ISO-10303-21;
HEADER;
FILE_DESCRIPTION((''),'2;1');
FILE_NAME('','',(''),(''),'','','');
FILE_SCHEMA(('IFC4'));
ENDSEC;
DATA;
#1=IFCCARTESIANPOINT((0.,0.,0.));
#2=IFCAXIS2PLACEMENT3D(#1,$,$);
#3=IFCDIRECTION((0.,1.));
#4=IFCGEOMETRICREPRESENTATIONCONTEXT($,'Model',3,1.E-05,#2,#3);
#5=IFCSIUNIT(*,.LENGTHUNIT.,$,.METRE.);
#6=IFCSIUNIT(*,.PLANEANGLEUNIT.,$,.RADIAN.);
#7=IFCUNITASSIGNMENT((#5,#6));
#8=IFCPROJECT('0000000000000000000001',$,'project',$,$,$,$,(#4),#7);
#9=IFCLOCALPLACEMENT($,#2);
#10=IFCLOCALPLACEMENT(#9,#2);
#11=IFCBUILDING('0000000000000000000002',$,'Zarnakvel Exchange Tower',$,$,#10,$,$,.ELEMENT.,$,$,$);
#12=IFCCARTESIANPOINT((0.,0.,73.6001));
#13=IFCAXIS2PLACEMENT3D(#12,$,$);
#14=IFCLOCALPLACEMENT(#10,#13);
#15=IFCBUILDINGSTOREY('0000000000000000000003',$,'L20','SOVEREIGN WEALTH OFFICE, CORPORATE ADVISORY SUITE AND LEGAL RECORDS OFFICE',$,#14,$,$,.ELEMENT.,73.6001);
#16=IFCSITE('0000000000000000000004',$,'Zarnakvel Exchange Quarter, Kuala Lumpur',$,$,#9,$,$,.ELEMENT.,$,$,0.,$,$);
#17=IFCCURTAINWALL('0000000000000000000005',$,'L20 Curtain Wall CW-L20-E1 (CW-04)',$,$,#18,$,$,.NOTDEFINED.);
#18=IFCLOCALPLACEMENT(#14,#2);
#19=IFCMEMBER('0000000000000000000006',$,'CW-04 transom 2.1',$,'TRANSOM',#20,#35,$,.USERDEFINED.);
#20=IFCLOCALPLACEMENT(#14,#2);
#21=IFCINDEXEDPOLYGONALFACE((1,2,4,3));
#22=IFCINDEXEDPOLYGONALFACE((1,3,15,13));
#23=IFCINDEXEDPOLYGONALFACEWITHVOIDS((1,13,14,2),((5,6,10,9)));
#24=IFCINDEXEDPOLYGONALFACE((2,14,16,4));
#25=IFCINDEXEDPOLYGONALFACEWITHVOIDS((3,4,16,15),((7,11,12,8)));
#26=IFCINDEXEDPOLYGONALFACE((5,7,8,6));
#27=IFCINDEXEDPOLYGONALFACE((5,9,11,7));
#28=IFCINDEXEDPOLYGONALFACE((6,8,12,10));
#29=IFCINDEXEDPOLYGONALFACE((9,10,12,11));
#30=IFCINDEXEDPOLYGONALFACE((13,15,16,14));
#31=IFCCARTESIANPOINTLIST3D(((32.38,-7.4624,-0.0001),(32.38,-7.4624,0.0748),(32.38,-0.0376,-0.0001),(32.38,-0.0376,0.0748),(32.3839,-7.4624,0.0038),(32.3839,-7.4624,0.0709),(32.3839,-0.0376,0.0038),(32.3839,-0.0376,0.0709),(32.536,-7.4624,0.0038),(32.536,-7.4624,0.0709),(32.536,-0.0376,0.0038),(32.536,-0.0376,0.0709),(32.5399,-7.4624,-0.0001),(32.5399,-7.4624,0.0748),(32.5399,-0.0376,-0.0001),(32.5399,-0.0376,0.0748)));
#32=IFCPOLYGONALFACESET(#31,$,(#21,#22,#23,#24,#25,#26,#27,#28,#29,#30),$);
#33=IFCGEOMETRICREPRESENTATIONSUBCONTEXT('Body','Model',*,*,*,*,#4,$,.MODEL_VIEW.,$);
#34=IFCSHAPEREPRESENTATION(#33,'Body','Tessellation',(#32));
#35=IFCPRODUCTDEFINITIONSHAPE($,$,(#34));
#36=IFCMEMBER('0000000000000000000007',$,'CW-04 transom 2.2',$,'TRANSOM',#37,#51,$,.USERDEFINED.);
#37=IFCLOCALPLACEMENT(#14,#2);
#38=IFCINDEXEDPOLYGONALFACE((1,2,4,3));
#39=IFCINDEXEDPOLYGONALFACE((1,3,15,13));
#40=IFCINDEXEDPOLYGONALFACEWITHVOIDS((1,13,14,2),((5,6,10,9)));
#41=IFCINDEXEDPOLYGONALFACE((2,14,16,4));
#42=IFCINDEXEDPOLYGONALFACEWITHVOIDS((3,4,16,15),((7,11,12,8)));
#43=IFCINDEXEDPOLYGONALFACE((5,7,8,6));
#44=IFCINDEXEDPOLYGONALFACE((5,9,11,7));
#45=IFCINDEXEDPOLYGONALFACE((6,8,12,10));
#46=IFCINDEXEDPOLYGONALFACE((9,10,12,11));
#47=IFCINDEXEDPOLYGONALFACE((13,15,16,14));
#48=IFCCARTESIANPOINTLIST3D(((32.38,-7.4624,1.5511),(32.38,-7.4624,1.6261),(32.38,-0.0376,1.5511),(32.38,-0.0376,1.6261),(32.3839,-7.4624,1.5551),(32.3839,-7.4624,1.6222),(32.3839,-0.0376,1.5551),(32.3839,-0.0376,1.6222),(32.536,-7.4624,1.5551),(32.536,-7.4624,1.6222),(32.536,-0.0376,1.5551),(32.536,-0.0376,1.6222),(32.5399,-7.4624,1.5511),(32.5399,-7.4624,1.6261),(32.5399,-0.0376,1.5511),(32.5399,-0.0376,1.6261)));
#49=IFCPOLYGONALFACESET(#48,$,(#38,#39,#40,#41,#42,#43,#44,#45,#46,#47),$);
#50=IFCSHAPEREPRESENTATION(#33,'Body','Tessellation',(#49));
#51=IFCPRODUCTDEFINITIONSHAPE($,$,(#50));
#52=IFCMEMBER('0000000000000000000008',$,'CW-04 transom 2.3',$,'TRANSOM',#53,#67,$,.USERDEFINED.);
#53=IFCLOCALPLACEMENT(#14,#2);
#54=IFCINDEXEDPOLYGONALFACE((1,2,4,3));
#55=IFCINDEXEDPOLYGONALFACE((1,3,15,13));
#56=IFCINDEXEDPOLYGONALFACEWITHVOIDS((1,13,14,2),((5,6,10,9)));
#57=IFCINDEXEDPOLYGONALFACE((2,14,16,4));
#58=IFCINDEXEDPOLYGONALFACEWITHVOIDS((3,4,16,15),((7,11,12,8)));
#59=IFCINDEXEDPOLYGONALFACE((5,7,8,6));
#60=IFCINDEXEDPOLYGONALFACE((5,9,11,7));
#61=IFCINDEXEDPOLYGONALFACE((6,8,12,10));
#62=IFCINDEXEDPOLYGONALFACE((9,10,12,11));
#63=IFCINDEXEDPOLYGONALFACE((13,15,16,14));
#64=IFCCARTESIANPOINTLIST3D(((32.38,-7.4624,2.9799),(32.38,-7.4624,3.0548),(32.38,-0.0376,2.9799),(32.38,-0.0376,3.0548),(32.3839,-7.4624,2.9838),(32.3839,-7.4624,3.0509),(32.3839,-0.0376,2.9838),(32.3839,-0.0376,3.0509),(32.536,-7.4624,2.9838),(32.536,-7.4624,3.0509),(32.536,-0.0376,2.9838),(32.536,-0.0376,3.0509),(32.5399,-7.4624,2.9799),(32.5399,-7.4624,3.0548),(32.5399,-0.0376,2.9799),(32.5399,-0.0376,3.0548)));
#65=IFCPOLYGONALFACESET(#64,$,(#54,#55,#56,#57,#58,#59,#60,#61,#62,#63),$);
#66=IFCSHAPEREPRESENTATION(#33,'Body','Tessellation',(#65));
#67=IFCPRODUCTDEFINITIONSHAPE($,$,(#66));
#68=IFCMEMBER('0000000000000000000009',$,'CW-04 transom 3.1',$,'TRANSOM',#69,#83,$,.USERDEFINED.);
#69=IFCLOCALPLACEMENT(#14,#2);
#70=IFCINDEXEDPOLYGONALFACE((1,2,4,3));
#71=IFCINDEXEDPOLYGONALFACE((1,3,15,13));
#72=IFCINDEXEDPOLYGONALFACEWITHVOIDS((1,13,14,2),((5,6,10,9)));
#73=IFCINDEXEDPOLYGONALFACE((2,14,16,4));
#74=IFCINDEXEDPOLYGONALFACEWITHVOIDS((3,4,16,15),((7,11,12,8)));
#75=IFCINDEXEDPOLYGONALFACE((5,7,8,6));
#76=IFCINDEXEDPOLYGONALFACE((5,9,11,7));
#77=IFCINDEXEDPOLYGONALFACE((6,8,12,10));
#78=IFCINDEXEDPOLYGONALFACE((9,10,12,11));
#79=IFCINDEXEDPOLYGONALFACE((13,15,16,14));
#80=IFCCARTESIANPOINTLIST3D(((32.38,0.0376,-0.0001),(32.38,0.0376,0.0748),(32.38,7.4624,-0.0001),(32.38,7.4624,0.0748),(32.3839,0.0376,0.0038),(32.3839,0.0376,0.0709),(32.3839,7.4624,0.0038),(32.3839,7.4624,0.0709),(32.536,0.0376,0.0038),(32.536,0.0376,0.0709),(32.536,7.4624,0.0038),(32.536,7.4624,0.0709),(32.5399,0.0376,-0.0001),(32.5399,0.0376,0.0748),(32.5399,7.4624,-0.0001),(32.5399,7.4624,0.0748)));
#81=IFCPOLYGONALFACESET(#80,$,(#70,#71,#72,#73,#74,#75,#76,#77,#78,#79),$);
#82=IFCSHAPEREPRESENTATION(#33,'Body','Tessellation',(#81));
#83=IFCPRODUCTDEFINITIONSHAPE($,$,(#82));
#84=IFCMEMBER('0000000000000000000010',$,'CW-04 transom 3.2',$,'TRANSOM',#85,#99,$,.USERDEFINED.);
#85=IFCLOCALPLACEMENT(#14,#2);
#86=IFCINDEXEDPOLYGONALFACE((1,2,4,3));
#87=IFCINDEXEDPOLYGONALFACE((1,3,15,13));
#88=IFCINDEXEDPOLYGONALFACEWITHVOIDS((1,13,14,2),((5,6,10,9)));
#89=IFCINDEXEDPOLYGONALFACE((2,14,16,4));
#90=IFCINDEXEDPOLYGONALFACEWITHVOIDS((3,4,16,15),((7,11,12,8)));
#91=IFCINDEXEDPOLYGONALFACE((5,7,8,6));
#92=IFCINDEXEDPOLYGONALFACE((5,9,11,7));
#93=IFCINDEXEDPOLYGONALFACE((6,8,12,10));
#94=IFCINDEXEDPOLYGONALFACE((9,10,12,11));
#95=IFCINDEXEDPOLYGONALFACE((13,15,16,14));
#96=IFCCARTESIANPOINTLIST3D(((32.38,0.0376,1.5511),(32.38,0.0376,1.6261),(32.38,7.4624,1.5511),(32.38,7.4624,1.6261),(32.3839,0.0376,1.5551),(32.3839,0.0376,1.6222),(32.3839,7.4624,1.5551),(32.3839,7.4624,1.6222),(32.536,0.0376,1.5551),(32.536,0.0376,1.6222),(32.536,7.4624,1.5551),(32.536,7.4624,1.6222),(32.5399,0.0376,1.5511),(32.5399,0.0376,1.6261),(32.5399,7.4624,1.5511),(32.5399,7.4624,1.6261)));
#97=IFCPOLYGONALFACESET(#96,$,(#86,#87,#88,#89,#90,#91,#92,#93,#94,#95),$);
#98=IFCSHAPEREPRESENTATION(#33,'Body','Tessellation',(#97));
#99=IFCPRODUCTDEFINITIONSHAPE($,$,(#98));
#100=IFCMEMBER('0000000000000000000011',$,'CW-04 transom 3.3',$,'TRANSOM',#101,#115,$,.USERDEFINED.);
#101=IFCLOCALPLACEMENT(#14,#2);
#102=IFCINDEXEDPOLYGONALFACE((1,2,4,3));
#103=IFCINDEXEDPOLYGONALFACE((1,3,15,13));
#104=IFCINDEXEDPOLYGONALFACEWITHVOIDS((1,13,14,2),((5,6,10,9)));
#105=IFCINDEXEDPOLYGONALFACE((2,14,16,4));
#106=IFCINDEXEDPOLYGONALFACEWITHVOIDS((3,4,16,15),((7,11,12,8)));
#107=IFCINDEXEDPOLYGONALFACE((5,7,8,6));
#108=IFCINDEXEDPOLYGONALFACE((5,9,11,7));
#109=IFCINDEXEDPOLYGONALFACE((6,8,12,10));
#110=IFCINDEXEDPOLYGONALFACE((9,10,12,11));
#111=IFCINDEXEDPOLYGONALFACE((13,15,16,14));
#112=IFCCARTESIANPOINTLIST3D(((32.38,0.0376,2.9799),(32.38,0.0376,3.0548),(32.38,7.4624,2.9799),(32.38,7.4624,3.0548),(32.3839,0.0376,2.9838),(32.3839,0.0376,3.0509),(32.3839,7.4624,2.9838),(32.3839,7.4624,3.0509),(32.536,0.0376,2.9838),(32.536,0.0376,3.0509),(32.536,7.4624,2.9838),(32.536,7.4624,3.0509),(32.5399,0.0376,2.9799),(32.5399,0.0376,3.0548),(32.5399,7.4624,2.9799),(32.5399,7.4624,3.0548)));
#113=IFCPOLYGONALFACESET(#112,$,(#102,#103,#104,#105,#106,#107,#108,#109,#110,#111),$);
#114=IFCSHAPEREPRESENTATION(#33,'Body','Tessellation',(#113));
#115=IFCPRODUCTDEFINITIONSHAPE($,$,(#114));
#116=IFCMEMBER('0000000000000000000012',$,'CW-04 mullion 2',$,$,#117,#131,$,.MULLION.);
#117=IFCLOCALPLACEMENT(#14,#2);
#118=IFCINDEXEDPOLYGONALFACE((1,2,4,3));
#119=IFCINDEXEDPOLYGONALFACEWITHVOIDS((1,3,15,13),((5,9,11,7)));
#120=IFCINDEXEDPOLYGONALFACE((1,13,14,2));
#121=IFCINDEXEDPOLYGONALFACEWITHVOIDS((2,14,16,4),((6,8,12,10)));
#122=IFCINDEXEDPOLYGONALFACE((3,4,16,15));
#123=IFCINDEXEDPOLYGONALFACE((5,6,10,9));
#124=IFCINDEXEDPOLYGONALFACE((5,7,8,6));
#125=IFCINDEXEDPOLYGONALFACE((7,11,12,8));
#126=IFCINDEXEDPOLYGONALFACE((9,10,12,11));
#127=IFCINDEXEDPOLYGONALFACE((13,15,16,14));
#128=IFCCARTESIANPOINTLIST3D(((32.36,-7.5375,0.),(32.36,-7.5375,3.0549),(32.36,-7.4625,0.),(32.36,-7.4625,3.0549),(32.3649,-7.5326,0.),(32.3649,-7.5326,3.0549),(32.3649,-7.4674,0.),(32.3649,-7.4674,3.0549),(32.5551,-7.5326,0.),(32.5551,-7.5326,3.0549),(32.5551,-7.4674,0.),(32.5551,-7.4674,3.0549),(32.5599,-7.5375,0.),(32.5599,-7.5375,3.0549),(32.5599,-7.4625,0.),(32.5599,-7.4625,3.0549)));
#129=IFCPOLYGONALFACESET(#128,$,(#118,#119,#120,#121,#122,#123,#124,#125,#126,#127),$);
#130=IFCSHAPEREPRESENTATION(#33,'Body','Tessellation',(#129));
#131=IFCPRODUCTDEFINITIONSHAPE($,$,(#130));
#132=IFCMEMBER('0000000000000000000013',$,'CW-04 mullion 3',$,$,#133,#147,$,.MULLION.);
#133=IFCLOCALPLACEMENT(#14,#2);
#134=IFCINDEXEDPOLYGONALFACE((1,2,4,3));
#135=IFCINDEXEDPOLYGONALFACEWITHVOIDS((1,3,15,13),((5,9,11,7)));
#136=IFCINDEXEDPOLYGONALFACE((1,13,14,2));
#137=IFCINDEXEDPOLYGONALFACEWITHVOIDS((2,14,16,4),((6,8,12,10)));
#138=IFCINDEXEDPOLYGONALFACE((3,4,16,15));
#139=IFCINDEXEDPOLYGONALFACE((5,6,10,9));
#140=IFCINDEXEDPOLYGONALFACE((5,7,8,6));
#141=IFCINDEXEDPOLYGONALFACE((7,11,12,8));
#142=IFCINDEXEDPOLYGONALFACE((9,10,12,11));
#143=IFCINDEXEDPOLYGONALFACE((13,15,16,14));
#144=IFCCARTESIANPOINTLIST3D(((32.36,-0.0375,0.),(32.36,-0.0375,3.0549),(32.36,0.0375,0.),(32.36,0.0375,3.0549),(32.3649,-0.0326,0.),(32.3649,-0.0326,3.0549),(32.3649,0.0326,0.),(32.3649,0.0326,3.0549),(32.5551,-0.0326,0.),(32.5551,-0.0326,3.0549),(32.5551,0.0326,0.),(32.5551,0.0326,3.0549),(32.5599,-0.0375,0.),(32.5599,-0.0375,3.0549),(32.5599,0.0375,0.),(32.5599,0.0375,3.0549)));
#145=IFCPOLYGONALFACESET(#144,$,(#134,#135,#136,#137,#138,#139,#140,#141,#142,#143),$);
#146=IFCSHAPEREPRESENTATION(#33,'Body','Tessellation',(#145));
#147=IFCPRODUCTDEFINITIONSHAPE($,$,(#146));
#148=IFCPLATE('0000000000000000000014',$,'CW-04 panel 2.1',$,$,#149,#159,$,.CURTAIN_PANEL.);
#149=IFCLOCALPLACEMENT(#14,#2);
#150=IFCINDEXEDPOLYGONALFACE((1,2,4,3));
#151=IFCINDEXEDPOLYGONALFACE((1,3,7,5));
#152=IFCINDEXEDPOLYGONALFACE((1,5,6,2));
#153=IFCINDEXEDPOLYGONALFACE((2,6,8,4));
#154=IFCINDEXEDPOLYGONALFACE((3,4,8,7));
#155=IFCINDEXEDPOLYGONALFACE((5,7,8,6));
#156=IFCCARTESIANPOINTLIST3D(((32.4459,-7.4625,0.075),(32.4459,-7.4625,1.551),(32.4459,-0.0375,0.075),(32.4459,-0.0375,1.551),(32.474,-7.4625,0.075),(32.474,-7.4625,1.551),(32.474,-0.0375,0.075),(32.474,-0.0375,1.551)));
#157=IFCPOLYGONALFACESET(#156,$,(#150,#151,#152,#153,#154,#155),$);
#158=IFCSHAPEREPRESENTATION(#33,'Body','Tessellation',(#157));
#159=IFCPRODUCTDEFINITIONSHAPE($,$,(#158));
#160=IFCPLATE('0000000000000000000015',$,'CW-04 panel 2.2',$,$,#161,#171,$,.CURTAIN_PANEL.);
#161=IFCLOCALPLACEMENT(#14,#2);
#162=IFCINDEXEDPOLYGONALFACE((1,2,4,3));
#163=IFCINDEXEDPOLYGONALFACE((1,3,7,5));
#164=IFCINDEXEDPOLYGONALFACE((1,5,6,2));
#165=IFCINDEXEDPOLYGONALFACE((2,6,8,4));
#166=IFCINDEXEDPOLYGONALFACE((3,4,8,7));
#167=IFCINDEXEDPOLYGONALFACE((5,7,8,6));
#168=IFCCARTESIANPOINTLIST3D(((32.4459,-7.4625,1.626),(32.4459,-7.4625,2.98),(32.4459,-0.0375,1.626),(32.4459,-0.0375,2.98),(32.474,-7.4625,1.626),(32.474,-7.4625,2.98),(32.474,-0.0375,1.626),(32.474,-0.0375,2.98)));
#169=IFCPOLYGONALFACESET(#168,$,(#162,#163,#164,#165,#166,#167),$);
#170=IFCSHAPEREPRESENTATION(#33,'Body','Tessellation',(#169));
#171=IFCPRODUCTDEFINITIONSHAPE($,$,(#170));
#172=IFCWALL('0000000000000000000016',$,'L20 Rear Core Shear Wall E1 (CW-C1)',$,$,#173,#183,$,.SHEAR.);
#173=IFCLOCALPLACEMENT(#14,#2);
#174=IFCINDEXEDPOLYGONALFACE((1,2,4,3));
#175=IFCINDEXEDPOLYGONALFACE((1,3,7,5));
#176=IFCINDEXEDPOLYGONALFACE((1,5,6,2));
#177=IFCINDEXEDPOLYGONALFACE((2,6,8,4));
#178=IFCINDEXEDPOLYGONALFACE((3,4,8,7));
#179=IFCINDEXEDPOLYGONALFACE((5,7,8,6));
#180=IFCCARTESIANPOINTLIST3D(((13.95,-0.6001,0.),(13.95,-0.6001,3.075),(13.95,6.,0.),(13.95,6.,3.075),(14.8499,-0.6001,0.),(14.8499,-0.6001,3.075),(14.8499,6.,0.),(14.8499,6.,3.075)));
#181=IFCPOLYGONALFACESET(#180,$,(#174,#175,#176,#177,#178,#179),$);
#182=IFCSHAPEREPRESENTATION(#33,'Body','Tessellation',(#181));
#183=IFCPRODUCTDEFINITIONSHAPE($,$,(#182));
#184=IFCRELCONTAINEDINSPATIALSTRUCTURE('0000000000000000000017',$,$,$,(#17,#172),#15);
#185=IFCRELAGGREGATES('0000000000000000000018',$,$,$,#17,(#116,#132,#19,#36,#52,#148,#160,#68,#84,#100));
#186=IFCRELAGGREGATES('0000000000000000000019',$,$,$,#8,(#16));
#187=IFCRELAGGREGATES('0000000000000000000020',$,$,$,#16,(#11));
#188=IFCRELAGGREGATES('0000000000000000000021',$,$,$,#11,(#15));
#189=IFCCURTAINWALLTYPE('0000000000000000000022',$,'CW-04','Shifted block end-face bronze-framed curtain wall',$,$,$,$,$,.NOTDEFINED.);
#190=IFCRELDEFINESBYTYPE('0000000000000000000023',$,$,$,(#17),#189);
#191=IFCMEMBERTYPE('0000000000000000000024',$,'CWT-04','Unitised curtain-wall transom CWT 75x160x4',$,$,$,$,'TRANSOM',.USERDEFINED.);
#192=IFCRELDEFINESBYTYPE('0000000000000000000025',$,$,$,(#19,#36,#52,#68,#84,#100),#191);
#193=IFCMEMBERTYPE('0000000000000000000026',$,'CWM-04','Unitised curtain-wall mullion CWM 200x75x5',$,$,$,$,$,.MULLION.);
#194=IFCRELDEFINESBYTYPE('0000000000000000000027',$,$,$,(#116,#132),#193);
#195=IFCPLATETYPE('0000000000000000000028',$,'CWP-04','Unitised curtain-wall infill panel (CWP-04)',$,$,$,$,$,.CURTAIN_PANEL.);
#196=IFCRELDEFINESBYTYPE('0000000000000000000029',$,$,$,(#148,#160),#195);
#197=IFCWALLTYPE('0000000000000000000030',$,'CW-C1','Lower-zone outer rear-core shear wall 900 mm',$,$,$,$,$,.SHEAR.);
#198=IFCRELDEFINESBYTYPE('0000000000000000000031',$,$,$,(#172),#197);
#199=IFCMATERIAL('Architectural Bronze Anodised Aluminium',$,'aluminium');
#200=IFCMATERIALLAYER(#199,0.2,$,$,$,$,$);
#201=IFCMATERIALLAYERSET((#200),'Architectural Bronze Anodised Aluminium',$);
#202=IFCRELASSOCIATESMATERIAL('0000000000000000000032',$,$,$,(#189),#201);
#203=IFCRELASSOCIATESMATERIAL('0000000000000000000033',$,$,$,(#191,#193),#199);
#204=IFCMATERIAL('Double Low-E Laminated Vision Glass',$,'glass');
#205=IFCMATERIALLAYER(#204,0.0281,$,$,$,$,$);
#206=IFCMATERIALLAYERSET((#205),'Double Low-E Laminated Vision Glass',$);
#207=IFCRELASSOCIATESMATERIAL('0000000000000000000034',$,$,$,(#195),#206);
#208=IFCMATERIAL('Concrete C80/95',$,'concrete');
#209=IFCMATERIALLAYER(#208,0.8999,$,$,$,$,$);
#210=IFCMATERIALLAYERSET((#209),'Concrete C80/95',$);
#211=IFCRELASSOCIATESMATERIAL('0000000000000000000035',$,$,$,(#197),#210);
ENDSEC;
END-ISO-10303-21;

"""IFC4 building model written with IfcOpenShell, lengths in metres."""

from ifc_helpers import new_model, si_unit, direction, frame, frame_2d, origin, origin_2d, place, context, subcontext, project, spatial, rectangle, hollow_rectangle, extrude, source, transform, mapped, material, layer, layer_set, material_profile, profile_set, type_object, element, aggregate, save


model = new_model("IFC4")

# Units and contexts
model_context = context("Model", 3, precision=1e-05, world=origin(), true_north=direction((0.0, 1.0)))
body_context = subcontext(model_context, "Body", "Model", "MODEL_VIEW")
ifc_project = project(units=[si_unit("LENGTHUNIT", "METRE"), si_unit("PLANEANGLEUNIT", "RADIAN")], contexts=[model_context])

# Site, building, storey
site_placement = place(None, origin())
site = spatial("IfcSite", under=ifc_project, at=site_placement, Name="Zarnakvel Exchange Quarter, Kuala Lumpur", CompositionType="ELEMENT", RefElevation=0.0)
building_placement = place(site_placement, origin())
building = spatial("IfcBuilding", under=site, at=building_placement, Name="Zarnakvel Exchange Tower", CompositionType="ELEMENT")
storey_placement = place(building_placement, frame((0.0, 0.0, 73.6001)))
storey = spatial("IfcBuildingStorey", under=building, at=storey_placement, Name="L20", Description="SOVEREIGN WEALTH OFFICE, CORPORATE ADVISORY SUITE AND LEGAL RECORDS OFFICE", CompositionType="ELEMENT", Elevation=73.6001)

# Shared definitions
ifc_material_1 = material(Name="Concrete C80/95", Category="concrete")

# Curtain wall, members, plates
ifc_material_2 = material(Name="Architectural Bronze Anodised Aluminium", Category="aluminium")
ifc_layer_1 = layer(ifc_material_2, 0.2)
ifc_layer_set_1 = layer_set([ifc_layer_1], Name="Architectural Bronze Anodised Aluminium")
curtain_wall_type = type_object("IfcCurtainWallType", Name="CW-04", Description="Shifted block end-face bronze-framed curtain wall", PredefinedType="NOTDEFINED", material=ifc_layer_set_1)
curtain_wall_placement = place(storey_placement, origin())
curtain_wall = element("IfcCurtainWall", 1, at=curtain_wall_placement, inside=storey, type_object=curtain_wall_type, Name="L20 Curtain Wall CW-L20-E1 (CW-04)", PredefinedType="NOTDEFINED")
ifc_material_profile_1 = material_profile(ifc_material_2, hollow_rectangle(XDim=0.1599, YDim=0.075, WallThickness=0.0039, at=origin_2d()))
ifc_profile_set_1 = profile_set([ifc_material_profile_1], Name="Architectural Bronze Anodised Aluminium")
member_type_1 = type_object("IfcMemberType", Name="CWT-04", Description="Unitised curtain-wall transom CWT 75x160x4", ElementType="TRANSOM", PredefinedType="USERDEFINED", material=ifc_profile_set_1)
shared_shape_1 = source(origin(), body_context, "Body", "SweptSolid", [
    extrude(hollow_rectangle(XDim=0.1599, YDim=0.075, WallThickness=0.0039, at=origin_2d()), origin(), (0.0, 0.0, 1.0), 7.4248),
])
member_1_placement = place(storey_placement, frame((32.46, -7.4624, 0.0374), z_axis=(0.0, 1.0, 0.0), x_axis=(-1.0, 0.0, 0.0)))
member_1 = element("IfcMember", 2, at=member_1_placement, type_object=member_type_1, Name="CW-04 transom 2.1", ObjectType="TRANSOM", PredefinedType="USERDEFINED", context=body_context, shape_type="MappedRepresentation", body=[
    mapped(shared_shape_1, transform((0.0, 0.0, 0.0), x_axis=(1.0, 0.0, 0.0), y_axis=(0.0, 1.0, 0.0), z_axis=(0.0, 0.0, 1.0), scale=1.0)),
])
member_2_placement = place(storey_placement, frame((32.46, -7.4624, 1.5886), z_axis=(0.0, 1.0, 0.0), x_axis=(-1.0, 0.0, 0.0)))
member_2 = element("IfcMember", 3, at=member_2_placement, type_object=member_type_1, Name="CW-04 transom 2.2", ObjectType="TRANSOM", PredefinedType="USERDEFINED", context=body_context, shape_type="MappedRepresentation", body=[
    mapped(shared_shape_1, transform((0.0, 0.0, 0.0), x_axis=(1.0, 0.0, 0.0), y_axis=(0.0, 1.0, 0.0), z_axis=(0.0, 0.0, 1.0), scale=1.0)),
])
member_3_placement = place(storey_placement, frame((32.46, -7.4624, 3.0173), z_axis=(0.0, 1.0, 0.0), x_axis=(-1.0, 0.0, 0.0)))
member_3 = element("IfcMember", 4, at=member_3_placement, type_object=member_type_1, Name="CW-04 transom 2.3", ObjectType="TRANSOM", PredefinedType="USERDEFINED", context=body_context, shape_type="MappedRepresentation", body=[
    mapped(shared_shape_1, transform((0.0, 0.0, 0.0), x_axis=(1.0, 0.0, 0.0), y_axis=(0.0, 1.0, 0.0), z_axis=(0.0, 0.0, 1.0), scale=1.0)),
])
member_4_placement = place(storey_placement, frame((32.46, 0.0376, 0.0374), z_axis=(0.0, 1.0, 0.0), x_axis=(-1.0, 0.0, 0.0)))
member_4 = element("IfcMember", 5, at=member_4_placement, type_object=member_type_1, Name="CW-04 transom 3.1", ObjectType="TRANSOM", PredefinedType="USERDEFINED", context=body_context, shape_type="MappedRepresentation", body=[
    mapped(shared_shape_1, transform((0.0, 0.0, 0.0), x_axis=(1.0, 0.0, 0.0), y_axis=(0.0, 1.0, 0.0), z_axis=(0.0, 0.0, 1.0), scale=1.0)),
])
member_5_placement = place(storey_placement, frame((32.46, 0.0376, 1.5886), z_axis=(0.0, 1.0, 0.0), x_axis=(-1.0, 0.0, 0.0)))
member_5 = element("IfcMember", 6, at=member_5_placement, type_object=member_type_1, Name="CW-04 transom 3.2", ObjectType="TRANSOM", PredefinedType="USERDEFINED", context=body_context, shape_type="MappedRepresentation", body=[
    mapped(shared_shape_1, transform((0.0, 0.0, 0.0), x_axis=(1.0, 0.0, 0.0), y_axis=(0.0, 1.0, 0.0), z_axis=(0.0, 0.0, 1.0), scale=1.0)),
])
member_6_placement = place(storey_placement, frame((32.46, 0.0376, 3.0173), z_axis=(0.0, 1.0, 0.0), x_axis=(-1.0, 0.0, 0.0)))
member_6 = element("IfcMember", 7, at=member_6_placement, type_object=member_type_1, Name="CW-04 transom 3.3", ObjectType="TRANSOM", PredefinedType="USERDEFINED", context=body_context, shape_type="MappedRepresentation", body=[
    mapped(shared_shape_1, transform((0.0, 0.0, 0.0), x_axis=(1.0, 0.0, 0.0), y_axis=(0.0, 1.0, 0.0), z_axis=(0.0, 0.0, 1.0), scale=1.0)),
])
ifc_material_profile_2 = material_profile(ifc_material_2, hollow_rectangle(XDim=0.2, YDim=0.075, WallThickness=0.0049, at=origin_2d()))
ifc_profile_set_2 = profile_set([ifc_material_profile_2], Name="Architectural Bronze Anodised Aluminium")
member_type_2 = type_object("IfcMemberType", Name="CWM-04", Description="Unitised curtain-wall mullion CWM 200x75x5", PredefinedType="MULLION", material=ifc_profile_set_2)
shared_shape_2 = source(origin(), body_context, "Body", "SweptSolid", [
    extrude(hollow_rectangle(XDim=0.2, YDim=0.075, WallThickness=0.0049, at=origin_2d()), origin(), (0.0, 0.0, 1.0), 3.0549),
])
member_7_placement = place(storey_placement, frame((32.46, -7.5, 0.0), z_axis=(0.0, 0.0, 1.0), x_axis=(-1.0, 0.0, 0.0)))
member_7 = element("IfcMember", 8, at=member_7_placement, type_object=member_type_2, Name="CW-04 mullion 2", PredefinedType="MULLION", context=body_context, shape_type="MappedRepresentation", body=[
    mapped(shared_shape_2, transform((0.0, 0.0, 0.0), x_axis=(1.0, 0.0, 0.0), y_axis=(0.0, 1.0, 0.0), z_axis=(0.0, 0.0, 1.0), scale=1.0)),
])
member_8_placement = place(storey_placement, frame((32.46, 0.0, 0.0), z_axis=(0.0, 0.0, 1.0), x_axis=(-1.0, 0.0, 0.0)))
member_8 = element("IfcMember", 9, at=member_8_placement, type_object=member_type_2, Name="CW-04 mullion 3", PredefinedType="MULLION", context=body_context, shape_type="MappedRepresentation", body=[
    mapped(shared_shape_2, transform((0.0, 0.0, 0.0), x_axis=(1.0, 0.0, 0.0), y_axis=(0.0, 1.0, 0.0), z_axis=(0.0, 0.0, 1.0), scale=1.0)),
])
ifc_material_3 = material(Name="Double Low-E Laminated Vision Glass", Category="glass")
ifc_layer_2 = layer(ifc_material_3, 0.0281)
ifc_layer_set_2 = layer_set([ifc_layer_2], Name="Double Low-E Laminated Vision Glass")
plate_type = type_object("IfcPlateType", Name="CWP-04", Description="Unitised curtain-wall infill panel (CWP-04)", PredefinedType="CURTAIN_PANEL", material=ifc_layer_set_2)
shared_shape_3 = source(origin(), body_context, "Body", "SweptSolid", [
    extrude(rectangle(XDim=7.425, YDim=0.0281, at=origin_2d()), origin(), (0.0, 0.0, 1.0), 1.4761),
])
plate_1_placement = place(storey_placement, frame((32.46, -3.75, 0.075), z_axis=(0.0, 0.0, 1.0), x_axis=(0.0, 1.0, 0.0)))
plate_1 = element("IfcPlate", 10, at=plate_1_placement, type_object=plate_type, Name="CW-04 panel 2.1", PredefinedType="CURTAIN_PANEL", context=body_context, shape_type="MappedRepresentation", body=[
    mapped(shared_shape_3, transform((0.0, 0.0, 0.0), x_axis=(1.0, 0.0, 0.0), y_axis=(0.0, 1.0, 0.0), z_axis=(0.0, 0.0, 1.0), scale=1.0)),
])
shared_shape_4 = source(origin(), body_context, "Body", "SweptSolid", [
    extrude(rectangle(XDim=7.425, YDim=0.0281, at=origin_2d()), origin(), (0.0, 0.0, 1.0), 1.354),
])
plate_2_placement = place(storey_placement, frame((32.46, -3.75, 1.626), z_axis=(0.0, 0.0, 1.0), x_axis=(0.0, 1.0, 0.0)))
plate_2 = element("IfcPlate", 11, at=plate_2_placement, type_object=plate_type, Name="CW-04 panel 2.2", PredefinedType="CURTAIN_PANEL", context=body_context, shape_type="MappedRepresentation", body=[
    mapped(shared_shape_4, transform((0.0, 0.0, 0.0), x_axis=(1.0, 0.0, 0.0), y_axis=(0.0, 1.0, 0.0), z_axis=(0.0, 0.0, 1.0), scale=1.0)),
])
aggregate(curtain_wall, [member_7, member_8, member_1, member_2, member_3, plate_1, plate_2, member_4, member_5, member_6])

# Wall
ifc_layer_3 = layer(ifc_material_1, 0.8999)
ifc_layer_set_3 = layer_set([ifc_layer_3], Name="Concrete C80/95")
wall_type_1 = type_object("IfcWallType", Name="CW-C1", Description="Lower-zone outer rear-core shear wall 900 mm", PredefinedType="SHEAR", material=ifc_layer_set_3)
wall_1_placement = place(storey_placement, frame((14.3999, -0.6001, 0.0), z_axis=(0.0, 0.0, 1.0), x_axis=(0.0, 1.0, 0.0)))
element("IfcWall", 12, at=wall_1_placement, inside=storey, type_object=wall_type_1, Name="L20 Rear Core Shear Wall E1 (CW-C1)", PredefinedType="SHEAR", context=body_context, shape_type="SweptSolid", body=[
    extrude(rectangle(XDim=6.6001, YDim=0.8999, at=frame_2d((3.3, 0.0))), origin(), (0.0, 0.0, 1.0), 3.075),
])

save(model, "model.ifc")
